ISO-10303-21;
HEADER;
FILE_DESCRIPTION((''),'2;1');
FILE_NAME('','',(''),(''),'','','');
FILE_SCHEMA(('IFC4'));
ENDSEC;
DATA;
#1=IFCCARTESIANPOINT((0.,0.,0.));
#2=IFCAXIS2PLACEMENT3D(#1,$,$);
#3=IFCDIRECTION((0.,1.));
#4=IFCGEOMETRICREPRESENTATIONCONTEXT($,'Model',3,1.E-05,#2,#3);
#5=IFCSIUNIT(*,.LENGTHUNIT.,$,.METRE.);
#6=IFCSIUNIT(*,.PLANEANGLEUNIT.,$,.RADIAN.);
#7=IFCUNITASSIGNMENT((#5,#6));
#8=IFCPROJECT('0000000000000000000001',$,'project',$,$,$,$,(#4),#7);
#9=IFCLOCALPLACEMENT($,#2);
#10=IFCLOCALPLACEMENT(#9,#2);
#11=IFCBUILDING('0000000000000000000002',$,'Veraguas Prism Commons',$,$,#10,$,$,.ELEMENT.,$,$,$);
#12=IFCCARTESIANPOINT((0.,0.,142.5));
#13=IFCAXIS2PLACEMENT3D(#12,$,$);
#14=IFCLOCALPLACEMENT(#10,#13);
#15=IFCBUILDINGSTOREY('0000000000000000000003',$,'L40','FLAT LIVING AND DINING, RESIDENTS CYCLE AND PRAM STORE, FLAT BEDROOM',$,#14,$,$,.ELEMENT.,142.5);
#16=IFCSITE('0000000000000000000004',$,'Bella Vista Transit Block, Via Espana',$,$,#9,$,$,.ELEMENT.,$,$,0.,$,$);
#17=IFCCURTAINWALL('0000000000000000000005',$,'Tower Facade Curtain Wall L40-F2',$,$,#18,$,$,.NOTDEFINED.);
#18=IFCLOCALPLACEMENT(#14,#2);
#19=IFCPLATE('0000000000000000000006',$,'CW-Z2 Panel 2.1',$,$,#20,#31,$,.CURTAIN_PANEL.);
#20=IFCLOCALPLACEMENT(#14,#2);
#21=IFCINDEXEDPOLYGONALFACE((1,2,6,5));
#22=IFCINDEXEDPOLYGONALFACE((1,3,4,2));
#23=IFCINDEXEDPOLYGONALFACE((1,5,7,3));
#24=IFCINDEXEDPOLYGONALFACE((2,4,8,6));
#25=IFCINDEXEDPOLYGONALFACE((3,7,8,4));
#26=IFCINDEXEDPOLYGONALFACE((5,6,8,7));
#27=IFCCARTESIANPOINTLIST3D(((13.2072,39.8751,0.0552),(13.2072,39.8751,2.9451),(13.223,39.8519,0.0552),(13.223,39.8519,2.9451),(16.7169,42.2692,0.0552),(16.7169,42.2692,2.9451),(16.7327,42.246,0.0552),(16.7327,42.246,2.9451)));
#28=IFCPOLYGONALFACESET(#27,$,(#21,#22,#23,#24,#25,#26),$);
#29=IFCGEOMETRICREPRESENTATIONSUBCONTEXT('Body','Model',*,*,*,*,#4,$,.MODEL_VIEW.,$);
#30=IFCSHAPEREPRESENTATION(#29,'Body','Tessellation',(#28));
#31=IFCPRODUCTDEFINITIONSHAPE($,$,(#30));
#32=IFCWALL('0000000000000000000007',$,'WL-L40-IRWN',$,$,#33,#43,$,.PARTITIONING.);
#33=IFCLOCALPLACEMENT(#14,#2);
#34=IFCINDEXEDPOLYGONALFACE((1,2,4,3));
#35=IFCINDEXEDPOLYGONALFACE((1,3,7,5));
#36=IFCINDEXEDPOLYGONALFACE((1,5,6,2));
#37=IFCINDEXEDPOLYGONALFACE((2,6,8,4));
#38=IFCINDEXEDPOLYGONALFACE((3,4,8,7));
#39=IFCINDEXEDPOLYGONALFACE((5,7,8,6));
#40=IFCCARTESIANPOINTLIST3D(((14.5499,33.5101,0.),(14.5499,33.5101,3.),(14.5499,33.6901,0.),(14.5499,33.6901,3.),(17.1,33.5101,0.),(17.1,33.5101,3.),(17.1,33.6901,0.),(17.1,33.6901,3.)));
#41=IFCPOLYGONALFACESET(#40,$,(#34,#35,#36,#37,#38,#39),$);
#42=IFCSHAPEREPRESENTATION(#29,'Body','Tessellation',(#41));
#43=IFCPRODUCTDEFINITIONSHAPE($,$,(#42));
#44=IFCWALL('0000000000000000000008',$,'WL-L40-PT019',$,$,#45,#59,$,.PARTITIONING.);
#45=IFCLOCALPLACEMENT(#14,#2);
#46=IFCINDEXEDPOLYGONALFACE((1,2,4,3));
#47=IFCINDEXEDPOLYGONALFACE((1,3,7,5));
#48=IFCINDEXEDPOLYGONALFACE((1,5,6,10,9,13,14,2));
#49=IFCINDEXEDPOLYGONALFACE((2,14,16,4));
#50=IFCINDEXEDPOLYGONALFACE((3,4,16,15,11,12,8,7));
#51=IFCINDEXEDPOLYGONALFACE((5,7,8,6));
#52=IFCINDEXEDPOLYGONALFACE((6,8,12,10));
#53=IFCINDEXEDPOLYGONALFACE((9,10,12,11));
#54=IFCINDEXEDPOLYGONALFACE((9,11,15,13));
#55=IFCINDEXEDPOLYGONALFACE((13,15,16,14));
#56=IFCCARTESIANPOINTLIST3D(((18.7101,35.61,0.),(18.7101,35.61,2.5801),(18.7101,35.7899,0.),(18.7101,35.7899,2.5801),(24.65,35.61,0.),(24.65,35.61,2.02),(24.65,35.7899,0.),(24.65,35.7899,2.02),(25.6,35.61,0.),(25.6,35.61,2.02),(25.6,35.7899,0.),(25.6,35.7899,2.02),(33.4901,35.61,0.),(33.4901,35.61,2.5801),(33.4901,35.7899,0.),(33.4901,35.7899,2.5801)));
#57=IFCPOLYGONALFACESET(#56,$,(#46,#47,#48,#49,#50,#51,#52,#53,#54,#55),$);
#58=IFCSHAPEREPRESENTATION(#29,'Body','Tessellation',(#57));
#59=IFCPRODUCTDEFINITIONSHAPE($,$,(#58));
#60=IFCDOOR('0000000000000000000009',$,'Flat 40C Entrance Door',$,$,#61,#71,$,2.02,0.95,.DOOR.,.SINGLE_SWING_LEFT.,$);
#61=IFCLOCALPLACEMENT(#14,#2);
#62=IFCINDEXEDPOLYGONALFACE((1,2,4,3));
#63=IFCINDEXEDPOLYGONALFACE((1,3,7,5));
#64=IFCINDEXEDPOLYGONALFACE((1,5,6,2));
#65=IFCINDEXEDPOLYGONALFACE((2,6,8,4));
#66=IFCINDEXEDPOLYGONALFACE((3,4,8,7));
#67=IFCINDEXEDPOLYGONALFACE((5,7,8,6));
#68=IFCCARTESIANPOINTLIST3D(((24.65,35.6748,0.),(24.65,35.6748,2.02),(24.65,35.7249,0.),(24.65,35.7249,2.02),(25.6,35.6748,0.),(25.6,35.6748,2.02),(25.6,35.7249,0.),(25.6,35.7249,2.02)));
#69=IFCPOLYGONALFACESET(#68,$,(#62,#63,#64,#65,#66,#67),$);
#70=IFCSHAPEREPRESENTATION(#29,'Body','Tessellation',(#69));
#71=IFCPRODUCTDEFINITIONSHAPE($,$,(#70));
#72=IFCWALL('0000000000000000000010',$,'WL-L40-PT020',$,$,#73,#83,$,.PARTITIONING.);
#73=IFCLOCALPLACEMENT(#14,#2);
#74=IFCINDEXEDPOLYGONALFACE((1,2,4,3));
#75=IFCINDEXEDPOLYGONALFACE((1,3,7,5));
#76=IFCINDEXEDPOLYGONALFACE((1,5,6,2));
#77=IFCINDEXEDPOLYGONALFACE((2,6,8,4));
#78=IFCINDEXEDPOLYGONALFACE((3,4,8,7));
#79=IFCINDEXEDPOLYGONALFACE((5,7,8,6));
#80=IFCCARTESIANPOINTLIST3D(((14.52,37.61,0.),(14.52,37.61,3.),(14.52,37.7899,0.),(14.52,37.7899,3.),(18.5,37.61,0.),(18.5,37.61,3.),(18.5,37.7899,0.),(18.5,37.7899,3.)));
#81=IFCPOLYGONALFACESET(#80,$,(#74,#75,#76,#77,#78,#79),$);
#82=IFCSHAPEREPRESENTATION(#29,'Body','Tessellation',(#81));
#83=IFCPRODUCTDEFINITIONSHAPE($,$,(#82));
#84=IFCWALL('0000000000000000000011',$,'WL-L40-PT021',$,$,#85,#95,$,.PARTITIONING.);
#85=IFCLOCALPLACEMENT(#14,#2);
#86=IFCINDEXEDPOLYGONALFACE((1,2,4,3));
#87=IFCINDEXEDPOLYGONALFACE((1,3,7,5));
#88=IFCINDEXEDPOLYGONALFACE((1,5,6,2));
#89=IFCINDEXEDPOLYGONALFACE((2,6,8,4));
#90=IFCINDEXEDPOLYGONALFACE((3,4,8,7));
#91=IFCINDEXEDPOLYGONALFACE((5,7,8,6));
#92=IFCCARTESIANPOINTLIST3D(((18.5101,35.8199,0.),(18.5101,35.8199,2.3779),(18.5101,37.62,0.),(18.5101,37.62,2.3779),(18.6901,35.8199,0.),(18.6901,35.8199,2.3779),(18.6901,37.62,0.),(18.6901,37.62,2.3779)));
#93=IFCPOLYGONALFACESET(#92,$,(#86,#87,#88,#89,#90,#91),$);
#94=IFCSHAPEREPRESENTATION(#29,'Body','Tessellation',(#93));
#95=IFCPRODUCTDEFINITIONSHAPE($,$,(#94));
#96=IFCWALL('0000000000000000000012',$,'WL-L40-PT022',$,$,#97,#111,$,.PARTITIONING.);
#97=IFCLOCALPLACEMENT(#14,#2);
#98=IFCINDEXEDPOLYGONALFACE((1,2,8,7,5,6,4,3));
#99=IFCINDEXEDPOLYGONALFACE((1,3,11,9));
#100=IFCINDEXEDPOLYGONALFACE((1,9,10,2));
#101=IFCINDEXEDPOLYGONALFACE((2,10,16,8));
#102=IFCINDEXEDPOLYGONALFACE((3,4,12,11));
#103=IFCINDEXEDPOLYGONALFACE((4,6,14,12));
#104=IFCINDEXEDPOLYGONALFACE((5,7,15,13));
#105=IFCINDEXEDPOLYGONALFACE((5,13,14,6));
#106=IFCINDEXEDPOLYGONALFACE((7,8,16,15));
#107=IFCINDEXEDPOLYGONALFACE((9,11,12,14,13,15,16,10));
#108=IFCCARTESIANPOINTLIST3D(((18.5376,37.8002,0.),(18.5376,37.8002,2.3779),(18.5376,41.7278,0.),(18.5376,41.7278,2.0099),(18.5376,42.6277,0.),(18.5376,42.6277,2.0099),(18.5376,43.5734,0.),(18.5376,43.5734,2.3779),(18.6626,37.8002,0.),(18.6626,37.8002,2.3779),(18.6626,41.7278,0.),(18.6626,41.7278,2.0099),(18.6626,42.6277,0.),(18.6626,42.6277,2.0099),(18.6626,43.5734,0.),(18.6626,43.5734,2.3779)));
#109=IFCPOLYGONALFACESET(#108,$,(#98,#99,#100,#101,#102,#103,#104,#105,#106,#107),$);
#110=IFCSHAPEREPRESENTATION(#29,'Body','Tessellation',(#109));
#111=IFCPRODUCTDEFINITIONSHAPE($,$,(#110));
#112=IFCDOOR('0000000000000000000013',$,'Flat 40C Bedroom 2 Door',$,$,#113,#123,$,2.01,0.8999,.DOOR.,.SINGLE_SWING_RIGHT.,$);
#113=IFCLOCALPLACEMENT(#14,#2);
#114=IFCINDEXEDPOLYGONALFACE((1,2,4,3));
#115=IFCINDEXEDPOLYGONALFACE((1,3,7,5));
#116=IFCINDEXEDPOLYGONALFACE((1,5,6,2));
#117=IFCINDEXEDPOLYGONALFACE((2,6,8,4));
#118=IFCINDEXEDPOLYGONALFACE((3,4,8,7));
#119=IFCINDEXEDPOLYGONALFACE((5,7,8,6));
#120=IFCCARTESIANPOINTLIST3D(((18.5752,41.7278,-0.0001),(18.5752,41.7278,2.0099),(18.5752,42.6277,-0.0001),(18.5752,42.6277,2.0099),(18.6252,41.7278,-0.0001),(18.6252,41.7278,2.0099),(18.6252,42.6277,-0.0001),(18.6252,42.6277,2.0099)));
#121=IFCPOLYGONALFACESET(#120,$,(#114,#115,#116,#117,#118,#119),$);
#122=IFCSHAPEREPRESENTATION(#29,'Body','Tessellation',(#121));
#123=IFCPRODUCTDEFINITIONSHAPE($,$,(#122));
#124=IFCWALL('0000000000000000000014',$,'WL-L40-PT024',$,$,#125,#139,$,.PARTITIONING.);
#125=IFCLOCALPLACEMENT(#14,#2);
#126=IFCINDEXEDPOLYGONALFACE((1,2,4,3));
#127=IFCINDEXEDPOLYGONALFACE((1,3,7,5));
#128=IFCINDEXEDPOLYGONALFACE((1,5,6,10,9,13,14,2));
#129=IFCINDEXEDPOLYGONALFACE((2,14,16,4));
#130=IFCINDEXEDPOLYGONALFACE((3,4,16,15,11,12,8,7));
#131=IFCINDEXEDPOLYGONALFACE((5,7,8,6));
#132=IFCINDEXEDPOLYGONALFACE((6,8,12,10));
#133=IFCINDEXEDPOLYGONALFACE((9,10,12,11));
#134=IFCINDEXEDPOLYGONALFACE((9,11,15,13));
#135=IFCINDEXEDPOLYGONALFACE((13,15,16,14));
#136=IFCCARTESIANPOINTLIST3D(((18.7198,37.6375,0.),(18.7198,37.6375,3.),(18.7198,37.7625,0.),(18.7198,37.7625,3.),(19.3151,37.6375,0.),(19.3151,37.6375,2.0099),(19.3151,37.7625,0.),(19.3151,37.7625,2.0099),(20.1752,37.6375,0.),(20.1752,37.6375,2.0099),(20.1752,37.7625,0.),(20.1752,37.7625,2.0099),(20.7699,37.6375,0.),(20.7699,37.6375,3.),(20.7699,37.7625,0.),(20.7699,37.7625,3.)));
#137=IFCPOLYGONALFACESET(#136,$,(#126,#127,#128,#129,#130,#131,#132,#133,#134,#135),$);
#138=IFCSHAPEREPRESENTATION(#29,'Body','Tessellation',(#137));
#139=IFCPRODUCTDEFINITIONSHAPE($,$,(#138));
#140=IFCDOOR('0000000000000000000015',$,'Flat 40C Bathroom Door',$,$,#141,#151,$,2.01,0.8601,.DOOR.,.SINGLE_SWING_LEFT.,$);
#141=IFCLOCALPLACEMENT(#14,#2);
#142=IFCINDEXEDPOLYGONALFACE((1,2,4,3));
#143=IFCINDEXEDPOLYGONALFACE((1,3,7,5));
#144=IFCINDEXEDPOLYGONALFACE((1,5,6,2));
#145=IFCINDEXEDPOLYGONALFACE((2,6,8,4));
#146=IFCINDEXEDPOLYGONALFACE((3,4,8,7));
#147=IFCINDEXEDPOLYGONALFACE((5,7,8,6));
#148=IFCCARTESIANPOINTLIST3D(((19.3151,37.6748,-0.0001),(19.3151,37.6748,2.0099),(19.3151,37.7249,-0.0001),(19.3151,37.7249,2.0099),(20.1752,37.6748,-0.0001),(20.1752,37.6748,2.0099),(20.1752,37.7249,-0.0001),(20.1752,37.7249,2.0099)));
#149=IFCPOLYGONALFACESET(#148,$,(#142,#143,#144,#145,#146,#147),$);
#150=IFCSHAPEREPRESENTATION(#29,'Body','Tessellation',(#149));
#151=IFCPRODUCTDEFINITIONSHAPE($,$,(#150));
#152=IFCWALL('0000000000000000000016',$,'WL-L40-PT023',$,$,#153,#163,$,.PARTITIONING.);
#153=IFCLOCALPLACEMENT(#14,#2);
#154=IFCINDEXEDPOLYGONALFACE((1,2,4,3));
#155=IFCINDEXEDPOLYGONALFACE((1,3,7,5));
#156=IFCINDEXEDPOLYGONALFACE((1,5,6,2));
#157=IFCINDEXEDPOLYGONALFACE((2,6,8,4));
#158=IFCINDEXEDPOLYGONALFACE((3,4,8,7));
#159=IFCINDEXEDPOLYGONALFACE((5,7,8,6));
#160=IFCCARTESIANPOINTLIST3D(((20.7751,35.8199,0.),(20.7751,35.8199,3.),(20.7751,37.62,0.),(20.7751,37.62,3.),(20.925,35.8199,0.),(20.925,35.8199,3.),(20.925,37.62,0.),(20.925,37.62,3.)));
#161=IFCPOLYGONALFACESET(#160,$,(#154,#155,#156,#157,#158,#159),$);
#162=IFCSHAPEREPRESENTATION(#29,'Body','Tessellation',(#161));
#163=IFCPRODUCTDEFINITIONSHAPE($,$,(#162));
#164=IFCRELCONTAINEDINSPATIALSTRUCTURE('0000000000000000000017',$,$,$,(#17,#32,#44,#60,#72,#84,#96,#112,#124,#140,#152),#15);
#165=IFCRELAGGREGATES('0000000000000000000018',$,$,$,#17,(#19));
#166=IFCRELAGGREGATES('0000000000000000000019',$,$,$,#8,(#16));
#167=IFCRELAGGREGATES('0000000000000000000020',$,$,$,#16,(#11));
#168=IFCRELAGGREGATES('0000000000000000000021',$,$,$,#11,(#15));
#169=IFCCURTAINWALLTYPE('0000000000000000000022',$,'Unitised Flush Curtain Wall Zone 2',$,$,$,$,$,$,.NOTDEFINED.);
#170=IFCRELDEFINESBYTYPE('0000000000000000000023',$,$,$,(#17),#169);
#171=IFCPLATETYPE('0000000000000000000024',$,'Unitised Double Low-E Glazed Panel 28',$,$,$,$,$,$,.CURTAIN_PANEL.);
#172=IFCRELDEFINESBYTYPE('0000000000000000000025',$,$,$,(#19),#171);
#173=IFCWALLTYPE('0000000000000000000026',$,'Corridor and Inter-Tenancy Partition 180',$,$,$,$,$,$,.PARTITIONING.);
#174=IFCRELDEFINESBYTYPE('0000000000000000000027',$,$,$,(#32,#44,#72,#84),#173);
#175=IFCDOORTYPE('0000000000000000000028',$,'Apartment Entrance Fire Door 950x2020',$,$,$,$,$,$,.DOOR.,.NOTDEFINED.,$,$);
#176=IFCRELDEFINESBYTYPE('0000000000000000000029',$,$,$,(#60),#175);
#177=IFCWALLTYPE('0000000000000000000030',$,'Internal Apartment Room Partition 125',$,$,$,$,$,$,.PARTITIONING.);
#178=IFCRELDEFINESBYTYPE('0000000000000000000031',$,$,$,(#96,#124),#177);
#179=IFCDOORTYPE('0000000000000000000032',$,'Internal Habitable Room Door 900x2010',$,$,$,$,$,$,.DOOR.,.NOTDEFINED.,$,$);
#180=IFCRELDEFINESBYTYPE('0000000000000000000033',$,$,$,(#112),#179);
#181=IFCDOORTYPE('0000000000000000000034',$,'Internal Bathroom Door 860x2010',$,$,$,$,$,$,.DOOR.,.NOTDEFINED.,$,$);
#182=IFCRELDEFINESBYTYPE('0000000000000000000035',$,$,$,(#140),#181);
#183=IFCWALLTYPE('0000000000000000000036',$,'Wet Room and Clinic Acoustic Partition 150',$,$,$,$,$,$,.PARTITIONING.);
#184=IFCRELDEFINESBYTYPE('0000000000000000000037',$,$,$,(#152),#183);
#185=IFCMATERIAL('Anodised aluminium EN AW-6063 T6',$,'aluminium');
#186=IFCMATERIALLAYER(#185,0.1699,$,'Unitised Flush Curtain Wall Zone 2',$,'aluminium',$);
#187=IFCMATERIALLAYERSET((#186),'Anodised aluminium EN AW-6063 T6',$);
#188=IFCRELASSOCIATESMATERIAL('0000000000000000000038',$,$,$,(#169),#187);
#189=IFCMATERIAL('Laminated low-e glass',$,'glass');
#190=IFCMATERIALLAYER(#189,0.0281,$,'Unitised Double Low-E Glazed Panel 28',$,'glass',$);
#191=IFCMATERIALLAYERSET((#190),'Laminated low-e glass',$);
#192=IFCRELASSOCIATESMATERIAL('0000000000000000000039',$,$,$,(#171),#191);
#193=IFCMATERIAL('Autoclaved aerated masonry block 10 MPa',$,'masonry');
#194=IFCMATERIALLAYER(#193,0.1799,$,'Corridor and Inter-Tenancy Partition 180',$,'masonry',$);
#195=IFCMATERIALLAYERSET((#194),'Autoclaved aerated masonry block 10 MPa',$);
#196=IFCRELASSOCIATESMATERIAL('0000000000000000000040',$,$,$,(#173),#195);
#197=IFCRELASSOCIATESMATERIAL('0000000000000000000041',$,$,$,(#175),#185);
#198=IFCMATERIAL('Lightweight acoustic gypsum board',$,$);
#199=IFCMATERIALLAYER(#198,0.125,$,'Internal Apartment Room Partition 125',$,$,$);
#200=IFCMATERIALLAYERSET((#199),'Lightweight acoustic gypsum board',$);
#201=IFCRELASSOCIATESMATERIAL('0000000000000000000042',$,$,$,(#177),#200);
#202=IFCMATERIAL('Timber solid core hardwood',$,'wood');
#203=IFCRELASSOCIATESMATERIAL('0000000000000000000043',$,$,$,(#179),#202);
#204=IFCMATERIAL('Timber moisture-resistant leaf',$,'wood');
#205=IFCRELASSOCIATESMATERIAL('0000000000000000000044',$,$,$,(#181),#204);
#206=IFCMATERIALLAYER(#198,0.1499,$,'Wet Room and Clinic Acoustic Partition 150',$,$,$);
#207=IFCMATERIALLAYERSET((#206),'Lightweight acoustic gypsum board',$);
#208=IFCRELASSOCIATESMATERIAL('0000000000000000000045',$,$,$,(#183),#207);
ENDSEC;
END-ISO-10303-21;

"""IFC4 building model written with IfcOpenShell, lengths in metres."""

from ifc_helpers import new_model, si_unit, direction, frame, frame_2d, origin, origin_2d, place, context, subcontext, project, spatial, rectangle, extrude, source, transform, mapped, material, layer, layer_set, type_object, element, fill, aggregate, save


model = new_model("IFC4")

# Units and contexts
model_context = context("Model", 3, precision=1e-05, world=origin(), true_north=direction((0.0, 1.0)))
body_context = subcontext(model_context, "Body", "Model", "MODEL_VIEW")
ifc_project = project(units=[si_unit("LENGTHUNIT", "METRE"), si_unit("PLANEANGLEUNIT", "RADIAN")], contexts=[model_context])

# Site, building, storey
site_placement = place(None, origin())
site = spatial("IfcSite", under=ifc_project, at=site_placement, Name="Bella Vista Transit Block, Via Espana", CompositionType="ELEMENT", RefElevation=0.0)
building_placement = place(site_placement, origin())
building = spatial("IfcBuilding", under=site, at=building_placement, Name="Veraguas Prism Commons", CompositionType="ELEMENT")
storey_placement = place(building_placement, frame((0.0, 0.0, 142.5)))
storey = spatial("IfcBuildingStorey", under=building, at=storey_placement, Name="L40", Description="FLAT LIVING AND DINING, RESIDENTS CYCLE AND PRAM STORE, FLAT BEDROOM", CompositionType="ELEMENT", Elevation=142.5)

# Curtain wall
ifc_material_1 = material(Name="Anodised aluminium EN AW-6063 T6", Category="aluminium")
ifc_layer_1 = layer(ifc_material_1, 0.1699, Name="Unitised Flush Curtain Wall Zone 2", Category="aluminium")
ifc_layer_set_1 = layer_set([ifc_layer_1], Name="Anodised aluminium EN AW-6063 T6")
curtain_wall_type = type_object("IfcCurtainWallType", Name="Unitised Flush Curtain Wall Zone 2", PredefinedType="NOTDEFINED", material=ifc_layer_set_1)
curtain_wall_1_placement = place(storey_placement, origin())
curtain_wall_1 = element("IfcCurtainWall", 1, at=curtain_wall_1_placement, inside=storey, type_object=curtain_wall_type, Name="Tower Facade Curtain Wall L40-F2", PredefinedType="NOTDEFINED")

# Plate
ifc_material_2 = material(Name="Laminated low-e glass", Category="glass")
ifc_layer_2 = layer(ifc_material_2, 0.0281, Name="Unitised Double Low-E Glazed Panel 28", Category="glass")
ifc_layer_set_2 = layer_set([ifc_layer_2], Name="Laminated low-e glass")
plate_type = type_object("IfcPlateType", Name="Unitised Double Low-E Glazed Panel 28", PredefinedType="CURTAIN_PANEL", material=ifc_layer_set_2)
shared_shape_1 = source(origin(), body_context, "Body", "SweptSolid", [
    extrude(rectangle(XDim=4.2485, YDim=0.0281, at=origin_2d()), origin(), (0.0, 0.0, 1.0), 2.8899),
])
plate_1_placement = place(storey_placement, frame((14.97, 41.0605, 0.0552), z_axis=(0.0, 0.0, 1.0), x_axis=(-0.826097, -0.563527, 0.0)))
plate_1 = element("IfcPlate", 2, at=plate_1_placement, type_object=plate_type, Name="CW-Z2 Panel 2.1", PredefinedType="CURTAIN_PANEL", context=body_context, shape_type="MappedRepresentation", body=[
    mapped(shared_shape_1, transform((0.0, 0.0, 0.0), scale=1.0)),
])
aggregate(curtain_wall_1, [plate_1])

# Wall
ifc_material_3 = material(Name="Autoclaved aerated masonry block 10 MPa", Category="masonry")
ifc_layer_3 = layer(ifc_material_3, 0.1799, Name="Corridor and Inter-Tenancy Partition 180", Category="masonry")
ifc_layer_set_3 = layer_set([ifc_layer_3], Name="Autoclaved aerated masonry block 10 MPa")
wall_type_1 = type_object("IfcWallType", Name="Corridor and Inter-Tenancy Partition 180", PredefinedType="PARTITIONING", material=ifc_layer_set_3)
wall_1_placement = place(storey_placement, frame((14.55, 33.6001, 0.0), z_axis=(0.0, 0.0, 1.0), x_axis=(1.0, 0.0, 0.0)))
element("IfcWall", 3, at=wall_1_placement, inside=storey, type_object=wall_type_1, Name="WL-L40-IRWN", PredefinedType="PARTITIONING", context=body_context, shape_type="SweptSolid", body=[
    extrude(rectangle(XDim=2.55, YDim=0.1799, at=frame_2d((1.2749, 0.0))), origin(), (0.0, 0.0, 1.0), 3.0),
])

# Wall, opening, door
wall_2_placement = place(storey_placement, frame((18.71, 35.7, 0.0), z_axis=(0.0, 0.0, 1.0), x_axis=(1.0, 0.0, 0.0)))
wall_2 = element("IfcWall", 4, at=wall_2_placement, inside=storey, type_object=wall_type_1, Name="WL-L40-PT019", PredefinedType="PARTITIONING", context=body_context, shape_type="SweptSolid", body=[
    extrude(rectangle(XDim=14.78, YDim=0.1799, at=frame_2d((7.3901, 0.0))), origin(), (0.0, 0.0, 1.0), 2.5801),
])
opening_1_placement = place(wall_2_placement, frame((5.9399, 0.0, 0.0)))
opening_1 = element("IfcOpeningElement", 5, at=opening_1_placement, cuts=wall_2, PredefinedType="OPENING", context=body_context, shape_type="SweptSolid", body=[
    extrude(rectangle(XDim=0.95, YDim=2.02, at=frame_2d((0.4751, 1.01))), frame((0.0, 0.0999, 0.0), z_axis=(0.0, -1.0, 0.0), x_axis=(1.0, 0.0, 0.0)), (0.0, 0.0, 1.0), 0.2),
])
door_type_1 = type_object("IfcDoorType", Name="Apartment Entrance Fire Door 950x2020", OperationType="NOTDEFINED", PredefinedType="DOOR", material=ifc_material_1)
shared_shape_2 = source(origin(), body_context, "Body", "SweptSolid", [
    extrude(rectangle(XDim=0.95, YDim=2.02, at=frame_2d((0.4751, 1.01))), frame((0.0, 0.0249, 0.0), z_axis=(0.0, -1.0, 0.0), x_axis=(1.0, 0.0, 0.0)), (0.0, 0.0, 1.0), 0.05),
])
door_1_placement = place(opening_1_placement, origin())
door_1 = element("IfcDoor", 6, at=door_1_placement, inside=storey, type_object=door_type_1, Name="Flat 40C Entrance Door", OperationType="SINGLE_SWING_LEFT", OverallHeight=2.02, OverallWidth=0.95, PredefinedType="DOOR", context=body_context, shape_type="MappedRepresentation", body=[
    mapped(shared_shape_2, transform((0.0, 0.0, 0.0), scale=1.0)),
])
fill(opening_1, door_1)

# Walls
wall_3_placement = place(storey_placement, frame((14.52, 37.7, 0.0), z_axis=(0.0, 0.0, 1.0), x_axis=(1.0, 0.0, 0.0)))
element("IfcWall", 7, at=wall_3_placement, inside=storey, type_object=wall_type_1, Name="WL-L40-PT020", PredefinedType="PARTITIONING", context=body_context, shape_type="SweptSolid", body=[
    extrude(rectangle(XDim=3.98, YDim=0.1799, at=frame_2d((1.99, 0.0))), origin(), (0.0, 0.0, 1.0), 3.0),
])
wall_4_placement = place(storey_placement, frame((18.6001, 35.8201, 0.0), z_axis=(0.0, 0.0, 1.0), x_axis=(0.0, 1.0, 0.0)))
element("IfcWall", 8, at=wall_4_placement, inside=storey, type_object=wall_type_1, Name="WL-L40-PT021", PredefinedType="PARTITIONING", context=body_context, shape_type="SweptSolid", body=[
    extrude(rectangle(XDim=1.8, YDim=0.1799, at=frame_2d((0.8999, 0.0))), origin(), (0.0, 0.0, 1.0), 2.3779),
])

# Walls, openings, doors
ifc_material_4 = material(Name="Lightweight acoustic gypsum board")
ifc_layer_4 = layer(ifc_material_4, 0.125, Name="Internal Apartment Room Partition 125")
ifc_layer_set_4 = layer_set([ifc_layer_4], Name="Lightweight acoustic gypsum board")
wall_type_2 = type_object("IfcWallType", Name="Internal Apartment Room Partition 125", PredefinedType="PARTITIONING", material=ifc_layer_set_4)
wall_5_placement = place(storey_placement, frame((18.6001, 37.8, 0.0), z_axis=(0.0, 0.0, 1.0), x_axis=(0.0, 1.0, 0.0)))
wall_5 = element("IfcWall", 9, at=wall_5_placement, inside=storey, type_object=wall_type_2, Name="WL-L40-PT022", PredefinedType="PARTITIONING", context=body_context, shape_type="SweptSolid", body=[
    extrude(rectangle(XDim=5.7732, YDim=0.125, at=frame_2d((2.8867, 0.0))), origin(), (0.0, 0.0, 1.0), 2.3779),
])
opening_2_placement = place(wall_5_placement, frame((3.9277, 0.0, 0.0)))
opening_2 = element("IfcOpeningElement", 10, at=opening_2_placement, cuts=wall_5, PredefinedType="OPENING", context=body_context, shape_type="SweptSolid", body=[
    extrude(rectangle(XDim=0.8999, YDim=2.01, at=frame_2d((0.45, 1.0049))), frame((0.0, 0.0725, 0.0), z_axis=(0.0, -1.0, 0.0), x_axis=(1.0, 0.0, 0.0)), (0.0, 0.0, 1.0), 0.145),
])
ifc_material_5 = material(Name="Timber solid core hardwood", Category="wood")
door_type_2 = type_object("IfcDoorType", Name="Internal Habitable Room Door 900x2010", OperationType="NOTDEFINED", PredefinedType="DOOR", material=ifc_material_5)
shared_shape_3 = source(origin(), body_context, "Body", "SweptSolid", [
    extrude(rectangle(XDim=0.8999, YDim=2.01, at=frame_2d((0.45, 1.0049))), frame((0.0, 0.0249, 0.0), z_axis=(0.0, -1.0, 0.0), x_axis=(1.0, 0.0, 0.0)), (0.0, 0.0, 1.0), 0.05),
])
door_2_placement = place(opening_2_placement, origin())
door_2 = element("IfcDoor", 11, at=door_2_placement, inside=storey, type_object=door_type_2, Name="Flat 40C Bedroom 2 Door", OperationType="SINGLE_SWING_RIGHT", OverallHeight=2.01, OverallWidth=0.8999, PredefinedType="DOOR", context=body_context, shape_type="MappedRepresentation", body=[
    mapped(shared_shape_3, transform((0.0, 0.0, 0.0), scale=1.0)),
])
fill(opening_2, door_2)
wall_6_placement = place(storey_placement, frame((18.72, 37.7, 0.0), z_axis=(0.0, 0.0, 1.0), x_axis=(1.0, 0.0, 0.0)))
wall_6 = element("IfcWall", 12, at=wall_6_placement, inside=storey, type_object=wall_type_2, Name="WL-L40-PT024", PredefinedType="PARTITIONING", context=body_context, shape_type="SweptSolid", body=[
    extrude(rectangle(XDim=2.05, YDim=0.125, at=frame_2d((1.0249, 0.0))), origin(), (0.0, 0.0, 1.0), 3.0),
])
opening_3_placement = place(wall_6_placement, frame((0.595, 0.0, 0.0)))
opening_3 = element("IfcOpeningElement", 13, at=opening_3_placement, cuts=wall_6, PredefinedType="OPENING", context=body_context, shape_type="SweptSolid", body=[
    extrude(rectangle(XDim=0.8601, YDim=2.01, at=frame_2d((0.4302, 1.0049))), frame((0.0, 0.0725, 0.0), z_axis=(0.0, -1.0, 0.0), x_axis=(1.0, 0.0, 0.0)), (0.0, 0.0, 1.0), 0.145),
])
ifc_material_6 = material(Name="Timber moisture-resistant leaf", Category="wood")
door_type_3 = type_object("IfcDoorType", Name="Internal Bathroom Door 860x2010", OperationType="NOTDEFINED", PredefinedType="DOOR", material=ifc_material_6)
shared_shape_4 = source(origin(), body_context, "Body", "SweptSolid", [
    extrude(rectangle(XDim=0.8601, YDim=2.01, at=frame_2d((0.4302, 1.0049))), frame((0.0, 0.0249, 0.0), z_axis=(0.0, -1.0, 0.0), x_axis=(1.0, 0.0, 0.0)), (0.0, 0.0, 1.0), 0.05),
])
door_3_placement = place(opening_3_placement, origin())
door_3 = element("IfcDoor", 14, at=door_3_placement, inside=storey, type_object=door_type_3, Name="Flat 40C Bathroom Door", OperationType="SINGLE_SWING_LEFT", OverallHeight=2.01, OverallWidth=0.8601, PredefinedType="DOOR", context=body_context, shape_type="MappedRepresentation", body=[
    mapped(shared_shape_4, transform((0.0, 0.0, 0.0), scale=1.0)),
])
fill(opening_3, door_3)

# Wall
ifc_layer_5 = layer(ifc_material_4, 0.1499, Name="Wet Room and Clinic Acoustic Partition 150")
ifc_layer_set_5 = layer_set([ifc_layer_5], Name="Lightweight acoustic gypsum board")
wall_type_3 = type_object("IfcWallType", Name="Wet Room and Clinic Acoustic Partition 150", PredefinedType="PARTITIONING", material=ifc_layer_set_5)
wall_7_placement = place(storey_placement, frame((20.8501, 35.8201, 0.0), z_axis=(0.0, 0.0, 1.0), x_axis=(0.0, 1.0, 0.0)))
element("IfcWall", 15, at=wall_7_placement, inside=storey, type_object=wall_type_3, Name="WL-L40-PT023", PredefinedType="PARTITIONING", context=body_context, shape_type="SweptSolid", body=[
    extrude(rectangle(XDim=1.8, YDim=0.1499, at=frame_2d((0.8999, 0.0))), origin(), (0.0, 0.0, 1.0), 3.0),
])

save(model, "model.ifc")
